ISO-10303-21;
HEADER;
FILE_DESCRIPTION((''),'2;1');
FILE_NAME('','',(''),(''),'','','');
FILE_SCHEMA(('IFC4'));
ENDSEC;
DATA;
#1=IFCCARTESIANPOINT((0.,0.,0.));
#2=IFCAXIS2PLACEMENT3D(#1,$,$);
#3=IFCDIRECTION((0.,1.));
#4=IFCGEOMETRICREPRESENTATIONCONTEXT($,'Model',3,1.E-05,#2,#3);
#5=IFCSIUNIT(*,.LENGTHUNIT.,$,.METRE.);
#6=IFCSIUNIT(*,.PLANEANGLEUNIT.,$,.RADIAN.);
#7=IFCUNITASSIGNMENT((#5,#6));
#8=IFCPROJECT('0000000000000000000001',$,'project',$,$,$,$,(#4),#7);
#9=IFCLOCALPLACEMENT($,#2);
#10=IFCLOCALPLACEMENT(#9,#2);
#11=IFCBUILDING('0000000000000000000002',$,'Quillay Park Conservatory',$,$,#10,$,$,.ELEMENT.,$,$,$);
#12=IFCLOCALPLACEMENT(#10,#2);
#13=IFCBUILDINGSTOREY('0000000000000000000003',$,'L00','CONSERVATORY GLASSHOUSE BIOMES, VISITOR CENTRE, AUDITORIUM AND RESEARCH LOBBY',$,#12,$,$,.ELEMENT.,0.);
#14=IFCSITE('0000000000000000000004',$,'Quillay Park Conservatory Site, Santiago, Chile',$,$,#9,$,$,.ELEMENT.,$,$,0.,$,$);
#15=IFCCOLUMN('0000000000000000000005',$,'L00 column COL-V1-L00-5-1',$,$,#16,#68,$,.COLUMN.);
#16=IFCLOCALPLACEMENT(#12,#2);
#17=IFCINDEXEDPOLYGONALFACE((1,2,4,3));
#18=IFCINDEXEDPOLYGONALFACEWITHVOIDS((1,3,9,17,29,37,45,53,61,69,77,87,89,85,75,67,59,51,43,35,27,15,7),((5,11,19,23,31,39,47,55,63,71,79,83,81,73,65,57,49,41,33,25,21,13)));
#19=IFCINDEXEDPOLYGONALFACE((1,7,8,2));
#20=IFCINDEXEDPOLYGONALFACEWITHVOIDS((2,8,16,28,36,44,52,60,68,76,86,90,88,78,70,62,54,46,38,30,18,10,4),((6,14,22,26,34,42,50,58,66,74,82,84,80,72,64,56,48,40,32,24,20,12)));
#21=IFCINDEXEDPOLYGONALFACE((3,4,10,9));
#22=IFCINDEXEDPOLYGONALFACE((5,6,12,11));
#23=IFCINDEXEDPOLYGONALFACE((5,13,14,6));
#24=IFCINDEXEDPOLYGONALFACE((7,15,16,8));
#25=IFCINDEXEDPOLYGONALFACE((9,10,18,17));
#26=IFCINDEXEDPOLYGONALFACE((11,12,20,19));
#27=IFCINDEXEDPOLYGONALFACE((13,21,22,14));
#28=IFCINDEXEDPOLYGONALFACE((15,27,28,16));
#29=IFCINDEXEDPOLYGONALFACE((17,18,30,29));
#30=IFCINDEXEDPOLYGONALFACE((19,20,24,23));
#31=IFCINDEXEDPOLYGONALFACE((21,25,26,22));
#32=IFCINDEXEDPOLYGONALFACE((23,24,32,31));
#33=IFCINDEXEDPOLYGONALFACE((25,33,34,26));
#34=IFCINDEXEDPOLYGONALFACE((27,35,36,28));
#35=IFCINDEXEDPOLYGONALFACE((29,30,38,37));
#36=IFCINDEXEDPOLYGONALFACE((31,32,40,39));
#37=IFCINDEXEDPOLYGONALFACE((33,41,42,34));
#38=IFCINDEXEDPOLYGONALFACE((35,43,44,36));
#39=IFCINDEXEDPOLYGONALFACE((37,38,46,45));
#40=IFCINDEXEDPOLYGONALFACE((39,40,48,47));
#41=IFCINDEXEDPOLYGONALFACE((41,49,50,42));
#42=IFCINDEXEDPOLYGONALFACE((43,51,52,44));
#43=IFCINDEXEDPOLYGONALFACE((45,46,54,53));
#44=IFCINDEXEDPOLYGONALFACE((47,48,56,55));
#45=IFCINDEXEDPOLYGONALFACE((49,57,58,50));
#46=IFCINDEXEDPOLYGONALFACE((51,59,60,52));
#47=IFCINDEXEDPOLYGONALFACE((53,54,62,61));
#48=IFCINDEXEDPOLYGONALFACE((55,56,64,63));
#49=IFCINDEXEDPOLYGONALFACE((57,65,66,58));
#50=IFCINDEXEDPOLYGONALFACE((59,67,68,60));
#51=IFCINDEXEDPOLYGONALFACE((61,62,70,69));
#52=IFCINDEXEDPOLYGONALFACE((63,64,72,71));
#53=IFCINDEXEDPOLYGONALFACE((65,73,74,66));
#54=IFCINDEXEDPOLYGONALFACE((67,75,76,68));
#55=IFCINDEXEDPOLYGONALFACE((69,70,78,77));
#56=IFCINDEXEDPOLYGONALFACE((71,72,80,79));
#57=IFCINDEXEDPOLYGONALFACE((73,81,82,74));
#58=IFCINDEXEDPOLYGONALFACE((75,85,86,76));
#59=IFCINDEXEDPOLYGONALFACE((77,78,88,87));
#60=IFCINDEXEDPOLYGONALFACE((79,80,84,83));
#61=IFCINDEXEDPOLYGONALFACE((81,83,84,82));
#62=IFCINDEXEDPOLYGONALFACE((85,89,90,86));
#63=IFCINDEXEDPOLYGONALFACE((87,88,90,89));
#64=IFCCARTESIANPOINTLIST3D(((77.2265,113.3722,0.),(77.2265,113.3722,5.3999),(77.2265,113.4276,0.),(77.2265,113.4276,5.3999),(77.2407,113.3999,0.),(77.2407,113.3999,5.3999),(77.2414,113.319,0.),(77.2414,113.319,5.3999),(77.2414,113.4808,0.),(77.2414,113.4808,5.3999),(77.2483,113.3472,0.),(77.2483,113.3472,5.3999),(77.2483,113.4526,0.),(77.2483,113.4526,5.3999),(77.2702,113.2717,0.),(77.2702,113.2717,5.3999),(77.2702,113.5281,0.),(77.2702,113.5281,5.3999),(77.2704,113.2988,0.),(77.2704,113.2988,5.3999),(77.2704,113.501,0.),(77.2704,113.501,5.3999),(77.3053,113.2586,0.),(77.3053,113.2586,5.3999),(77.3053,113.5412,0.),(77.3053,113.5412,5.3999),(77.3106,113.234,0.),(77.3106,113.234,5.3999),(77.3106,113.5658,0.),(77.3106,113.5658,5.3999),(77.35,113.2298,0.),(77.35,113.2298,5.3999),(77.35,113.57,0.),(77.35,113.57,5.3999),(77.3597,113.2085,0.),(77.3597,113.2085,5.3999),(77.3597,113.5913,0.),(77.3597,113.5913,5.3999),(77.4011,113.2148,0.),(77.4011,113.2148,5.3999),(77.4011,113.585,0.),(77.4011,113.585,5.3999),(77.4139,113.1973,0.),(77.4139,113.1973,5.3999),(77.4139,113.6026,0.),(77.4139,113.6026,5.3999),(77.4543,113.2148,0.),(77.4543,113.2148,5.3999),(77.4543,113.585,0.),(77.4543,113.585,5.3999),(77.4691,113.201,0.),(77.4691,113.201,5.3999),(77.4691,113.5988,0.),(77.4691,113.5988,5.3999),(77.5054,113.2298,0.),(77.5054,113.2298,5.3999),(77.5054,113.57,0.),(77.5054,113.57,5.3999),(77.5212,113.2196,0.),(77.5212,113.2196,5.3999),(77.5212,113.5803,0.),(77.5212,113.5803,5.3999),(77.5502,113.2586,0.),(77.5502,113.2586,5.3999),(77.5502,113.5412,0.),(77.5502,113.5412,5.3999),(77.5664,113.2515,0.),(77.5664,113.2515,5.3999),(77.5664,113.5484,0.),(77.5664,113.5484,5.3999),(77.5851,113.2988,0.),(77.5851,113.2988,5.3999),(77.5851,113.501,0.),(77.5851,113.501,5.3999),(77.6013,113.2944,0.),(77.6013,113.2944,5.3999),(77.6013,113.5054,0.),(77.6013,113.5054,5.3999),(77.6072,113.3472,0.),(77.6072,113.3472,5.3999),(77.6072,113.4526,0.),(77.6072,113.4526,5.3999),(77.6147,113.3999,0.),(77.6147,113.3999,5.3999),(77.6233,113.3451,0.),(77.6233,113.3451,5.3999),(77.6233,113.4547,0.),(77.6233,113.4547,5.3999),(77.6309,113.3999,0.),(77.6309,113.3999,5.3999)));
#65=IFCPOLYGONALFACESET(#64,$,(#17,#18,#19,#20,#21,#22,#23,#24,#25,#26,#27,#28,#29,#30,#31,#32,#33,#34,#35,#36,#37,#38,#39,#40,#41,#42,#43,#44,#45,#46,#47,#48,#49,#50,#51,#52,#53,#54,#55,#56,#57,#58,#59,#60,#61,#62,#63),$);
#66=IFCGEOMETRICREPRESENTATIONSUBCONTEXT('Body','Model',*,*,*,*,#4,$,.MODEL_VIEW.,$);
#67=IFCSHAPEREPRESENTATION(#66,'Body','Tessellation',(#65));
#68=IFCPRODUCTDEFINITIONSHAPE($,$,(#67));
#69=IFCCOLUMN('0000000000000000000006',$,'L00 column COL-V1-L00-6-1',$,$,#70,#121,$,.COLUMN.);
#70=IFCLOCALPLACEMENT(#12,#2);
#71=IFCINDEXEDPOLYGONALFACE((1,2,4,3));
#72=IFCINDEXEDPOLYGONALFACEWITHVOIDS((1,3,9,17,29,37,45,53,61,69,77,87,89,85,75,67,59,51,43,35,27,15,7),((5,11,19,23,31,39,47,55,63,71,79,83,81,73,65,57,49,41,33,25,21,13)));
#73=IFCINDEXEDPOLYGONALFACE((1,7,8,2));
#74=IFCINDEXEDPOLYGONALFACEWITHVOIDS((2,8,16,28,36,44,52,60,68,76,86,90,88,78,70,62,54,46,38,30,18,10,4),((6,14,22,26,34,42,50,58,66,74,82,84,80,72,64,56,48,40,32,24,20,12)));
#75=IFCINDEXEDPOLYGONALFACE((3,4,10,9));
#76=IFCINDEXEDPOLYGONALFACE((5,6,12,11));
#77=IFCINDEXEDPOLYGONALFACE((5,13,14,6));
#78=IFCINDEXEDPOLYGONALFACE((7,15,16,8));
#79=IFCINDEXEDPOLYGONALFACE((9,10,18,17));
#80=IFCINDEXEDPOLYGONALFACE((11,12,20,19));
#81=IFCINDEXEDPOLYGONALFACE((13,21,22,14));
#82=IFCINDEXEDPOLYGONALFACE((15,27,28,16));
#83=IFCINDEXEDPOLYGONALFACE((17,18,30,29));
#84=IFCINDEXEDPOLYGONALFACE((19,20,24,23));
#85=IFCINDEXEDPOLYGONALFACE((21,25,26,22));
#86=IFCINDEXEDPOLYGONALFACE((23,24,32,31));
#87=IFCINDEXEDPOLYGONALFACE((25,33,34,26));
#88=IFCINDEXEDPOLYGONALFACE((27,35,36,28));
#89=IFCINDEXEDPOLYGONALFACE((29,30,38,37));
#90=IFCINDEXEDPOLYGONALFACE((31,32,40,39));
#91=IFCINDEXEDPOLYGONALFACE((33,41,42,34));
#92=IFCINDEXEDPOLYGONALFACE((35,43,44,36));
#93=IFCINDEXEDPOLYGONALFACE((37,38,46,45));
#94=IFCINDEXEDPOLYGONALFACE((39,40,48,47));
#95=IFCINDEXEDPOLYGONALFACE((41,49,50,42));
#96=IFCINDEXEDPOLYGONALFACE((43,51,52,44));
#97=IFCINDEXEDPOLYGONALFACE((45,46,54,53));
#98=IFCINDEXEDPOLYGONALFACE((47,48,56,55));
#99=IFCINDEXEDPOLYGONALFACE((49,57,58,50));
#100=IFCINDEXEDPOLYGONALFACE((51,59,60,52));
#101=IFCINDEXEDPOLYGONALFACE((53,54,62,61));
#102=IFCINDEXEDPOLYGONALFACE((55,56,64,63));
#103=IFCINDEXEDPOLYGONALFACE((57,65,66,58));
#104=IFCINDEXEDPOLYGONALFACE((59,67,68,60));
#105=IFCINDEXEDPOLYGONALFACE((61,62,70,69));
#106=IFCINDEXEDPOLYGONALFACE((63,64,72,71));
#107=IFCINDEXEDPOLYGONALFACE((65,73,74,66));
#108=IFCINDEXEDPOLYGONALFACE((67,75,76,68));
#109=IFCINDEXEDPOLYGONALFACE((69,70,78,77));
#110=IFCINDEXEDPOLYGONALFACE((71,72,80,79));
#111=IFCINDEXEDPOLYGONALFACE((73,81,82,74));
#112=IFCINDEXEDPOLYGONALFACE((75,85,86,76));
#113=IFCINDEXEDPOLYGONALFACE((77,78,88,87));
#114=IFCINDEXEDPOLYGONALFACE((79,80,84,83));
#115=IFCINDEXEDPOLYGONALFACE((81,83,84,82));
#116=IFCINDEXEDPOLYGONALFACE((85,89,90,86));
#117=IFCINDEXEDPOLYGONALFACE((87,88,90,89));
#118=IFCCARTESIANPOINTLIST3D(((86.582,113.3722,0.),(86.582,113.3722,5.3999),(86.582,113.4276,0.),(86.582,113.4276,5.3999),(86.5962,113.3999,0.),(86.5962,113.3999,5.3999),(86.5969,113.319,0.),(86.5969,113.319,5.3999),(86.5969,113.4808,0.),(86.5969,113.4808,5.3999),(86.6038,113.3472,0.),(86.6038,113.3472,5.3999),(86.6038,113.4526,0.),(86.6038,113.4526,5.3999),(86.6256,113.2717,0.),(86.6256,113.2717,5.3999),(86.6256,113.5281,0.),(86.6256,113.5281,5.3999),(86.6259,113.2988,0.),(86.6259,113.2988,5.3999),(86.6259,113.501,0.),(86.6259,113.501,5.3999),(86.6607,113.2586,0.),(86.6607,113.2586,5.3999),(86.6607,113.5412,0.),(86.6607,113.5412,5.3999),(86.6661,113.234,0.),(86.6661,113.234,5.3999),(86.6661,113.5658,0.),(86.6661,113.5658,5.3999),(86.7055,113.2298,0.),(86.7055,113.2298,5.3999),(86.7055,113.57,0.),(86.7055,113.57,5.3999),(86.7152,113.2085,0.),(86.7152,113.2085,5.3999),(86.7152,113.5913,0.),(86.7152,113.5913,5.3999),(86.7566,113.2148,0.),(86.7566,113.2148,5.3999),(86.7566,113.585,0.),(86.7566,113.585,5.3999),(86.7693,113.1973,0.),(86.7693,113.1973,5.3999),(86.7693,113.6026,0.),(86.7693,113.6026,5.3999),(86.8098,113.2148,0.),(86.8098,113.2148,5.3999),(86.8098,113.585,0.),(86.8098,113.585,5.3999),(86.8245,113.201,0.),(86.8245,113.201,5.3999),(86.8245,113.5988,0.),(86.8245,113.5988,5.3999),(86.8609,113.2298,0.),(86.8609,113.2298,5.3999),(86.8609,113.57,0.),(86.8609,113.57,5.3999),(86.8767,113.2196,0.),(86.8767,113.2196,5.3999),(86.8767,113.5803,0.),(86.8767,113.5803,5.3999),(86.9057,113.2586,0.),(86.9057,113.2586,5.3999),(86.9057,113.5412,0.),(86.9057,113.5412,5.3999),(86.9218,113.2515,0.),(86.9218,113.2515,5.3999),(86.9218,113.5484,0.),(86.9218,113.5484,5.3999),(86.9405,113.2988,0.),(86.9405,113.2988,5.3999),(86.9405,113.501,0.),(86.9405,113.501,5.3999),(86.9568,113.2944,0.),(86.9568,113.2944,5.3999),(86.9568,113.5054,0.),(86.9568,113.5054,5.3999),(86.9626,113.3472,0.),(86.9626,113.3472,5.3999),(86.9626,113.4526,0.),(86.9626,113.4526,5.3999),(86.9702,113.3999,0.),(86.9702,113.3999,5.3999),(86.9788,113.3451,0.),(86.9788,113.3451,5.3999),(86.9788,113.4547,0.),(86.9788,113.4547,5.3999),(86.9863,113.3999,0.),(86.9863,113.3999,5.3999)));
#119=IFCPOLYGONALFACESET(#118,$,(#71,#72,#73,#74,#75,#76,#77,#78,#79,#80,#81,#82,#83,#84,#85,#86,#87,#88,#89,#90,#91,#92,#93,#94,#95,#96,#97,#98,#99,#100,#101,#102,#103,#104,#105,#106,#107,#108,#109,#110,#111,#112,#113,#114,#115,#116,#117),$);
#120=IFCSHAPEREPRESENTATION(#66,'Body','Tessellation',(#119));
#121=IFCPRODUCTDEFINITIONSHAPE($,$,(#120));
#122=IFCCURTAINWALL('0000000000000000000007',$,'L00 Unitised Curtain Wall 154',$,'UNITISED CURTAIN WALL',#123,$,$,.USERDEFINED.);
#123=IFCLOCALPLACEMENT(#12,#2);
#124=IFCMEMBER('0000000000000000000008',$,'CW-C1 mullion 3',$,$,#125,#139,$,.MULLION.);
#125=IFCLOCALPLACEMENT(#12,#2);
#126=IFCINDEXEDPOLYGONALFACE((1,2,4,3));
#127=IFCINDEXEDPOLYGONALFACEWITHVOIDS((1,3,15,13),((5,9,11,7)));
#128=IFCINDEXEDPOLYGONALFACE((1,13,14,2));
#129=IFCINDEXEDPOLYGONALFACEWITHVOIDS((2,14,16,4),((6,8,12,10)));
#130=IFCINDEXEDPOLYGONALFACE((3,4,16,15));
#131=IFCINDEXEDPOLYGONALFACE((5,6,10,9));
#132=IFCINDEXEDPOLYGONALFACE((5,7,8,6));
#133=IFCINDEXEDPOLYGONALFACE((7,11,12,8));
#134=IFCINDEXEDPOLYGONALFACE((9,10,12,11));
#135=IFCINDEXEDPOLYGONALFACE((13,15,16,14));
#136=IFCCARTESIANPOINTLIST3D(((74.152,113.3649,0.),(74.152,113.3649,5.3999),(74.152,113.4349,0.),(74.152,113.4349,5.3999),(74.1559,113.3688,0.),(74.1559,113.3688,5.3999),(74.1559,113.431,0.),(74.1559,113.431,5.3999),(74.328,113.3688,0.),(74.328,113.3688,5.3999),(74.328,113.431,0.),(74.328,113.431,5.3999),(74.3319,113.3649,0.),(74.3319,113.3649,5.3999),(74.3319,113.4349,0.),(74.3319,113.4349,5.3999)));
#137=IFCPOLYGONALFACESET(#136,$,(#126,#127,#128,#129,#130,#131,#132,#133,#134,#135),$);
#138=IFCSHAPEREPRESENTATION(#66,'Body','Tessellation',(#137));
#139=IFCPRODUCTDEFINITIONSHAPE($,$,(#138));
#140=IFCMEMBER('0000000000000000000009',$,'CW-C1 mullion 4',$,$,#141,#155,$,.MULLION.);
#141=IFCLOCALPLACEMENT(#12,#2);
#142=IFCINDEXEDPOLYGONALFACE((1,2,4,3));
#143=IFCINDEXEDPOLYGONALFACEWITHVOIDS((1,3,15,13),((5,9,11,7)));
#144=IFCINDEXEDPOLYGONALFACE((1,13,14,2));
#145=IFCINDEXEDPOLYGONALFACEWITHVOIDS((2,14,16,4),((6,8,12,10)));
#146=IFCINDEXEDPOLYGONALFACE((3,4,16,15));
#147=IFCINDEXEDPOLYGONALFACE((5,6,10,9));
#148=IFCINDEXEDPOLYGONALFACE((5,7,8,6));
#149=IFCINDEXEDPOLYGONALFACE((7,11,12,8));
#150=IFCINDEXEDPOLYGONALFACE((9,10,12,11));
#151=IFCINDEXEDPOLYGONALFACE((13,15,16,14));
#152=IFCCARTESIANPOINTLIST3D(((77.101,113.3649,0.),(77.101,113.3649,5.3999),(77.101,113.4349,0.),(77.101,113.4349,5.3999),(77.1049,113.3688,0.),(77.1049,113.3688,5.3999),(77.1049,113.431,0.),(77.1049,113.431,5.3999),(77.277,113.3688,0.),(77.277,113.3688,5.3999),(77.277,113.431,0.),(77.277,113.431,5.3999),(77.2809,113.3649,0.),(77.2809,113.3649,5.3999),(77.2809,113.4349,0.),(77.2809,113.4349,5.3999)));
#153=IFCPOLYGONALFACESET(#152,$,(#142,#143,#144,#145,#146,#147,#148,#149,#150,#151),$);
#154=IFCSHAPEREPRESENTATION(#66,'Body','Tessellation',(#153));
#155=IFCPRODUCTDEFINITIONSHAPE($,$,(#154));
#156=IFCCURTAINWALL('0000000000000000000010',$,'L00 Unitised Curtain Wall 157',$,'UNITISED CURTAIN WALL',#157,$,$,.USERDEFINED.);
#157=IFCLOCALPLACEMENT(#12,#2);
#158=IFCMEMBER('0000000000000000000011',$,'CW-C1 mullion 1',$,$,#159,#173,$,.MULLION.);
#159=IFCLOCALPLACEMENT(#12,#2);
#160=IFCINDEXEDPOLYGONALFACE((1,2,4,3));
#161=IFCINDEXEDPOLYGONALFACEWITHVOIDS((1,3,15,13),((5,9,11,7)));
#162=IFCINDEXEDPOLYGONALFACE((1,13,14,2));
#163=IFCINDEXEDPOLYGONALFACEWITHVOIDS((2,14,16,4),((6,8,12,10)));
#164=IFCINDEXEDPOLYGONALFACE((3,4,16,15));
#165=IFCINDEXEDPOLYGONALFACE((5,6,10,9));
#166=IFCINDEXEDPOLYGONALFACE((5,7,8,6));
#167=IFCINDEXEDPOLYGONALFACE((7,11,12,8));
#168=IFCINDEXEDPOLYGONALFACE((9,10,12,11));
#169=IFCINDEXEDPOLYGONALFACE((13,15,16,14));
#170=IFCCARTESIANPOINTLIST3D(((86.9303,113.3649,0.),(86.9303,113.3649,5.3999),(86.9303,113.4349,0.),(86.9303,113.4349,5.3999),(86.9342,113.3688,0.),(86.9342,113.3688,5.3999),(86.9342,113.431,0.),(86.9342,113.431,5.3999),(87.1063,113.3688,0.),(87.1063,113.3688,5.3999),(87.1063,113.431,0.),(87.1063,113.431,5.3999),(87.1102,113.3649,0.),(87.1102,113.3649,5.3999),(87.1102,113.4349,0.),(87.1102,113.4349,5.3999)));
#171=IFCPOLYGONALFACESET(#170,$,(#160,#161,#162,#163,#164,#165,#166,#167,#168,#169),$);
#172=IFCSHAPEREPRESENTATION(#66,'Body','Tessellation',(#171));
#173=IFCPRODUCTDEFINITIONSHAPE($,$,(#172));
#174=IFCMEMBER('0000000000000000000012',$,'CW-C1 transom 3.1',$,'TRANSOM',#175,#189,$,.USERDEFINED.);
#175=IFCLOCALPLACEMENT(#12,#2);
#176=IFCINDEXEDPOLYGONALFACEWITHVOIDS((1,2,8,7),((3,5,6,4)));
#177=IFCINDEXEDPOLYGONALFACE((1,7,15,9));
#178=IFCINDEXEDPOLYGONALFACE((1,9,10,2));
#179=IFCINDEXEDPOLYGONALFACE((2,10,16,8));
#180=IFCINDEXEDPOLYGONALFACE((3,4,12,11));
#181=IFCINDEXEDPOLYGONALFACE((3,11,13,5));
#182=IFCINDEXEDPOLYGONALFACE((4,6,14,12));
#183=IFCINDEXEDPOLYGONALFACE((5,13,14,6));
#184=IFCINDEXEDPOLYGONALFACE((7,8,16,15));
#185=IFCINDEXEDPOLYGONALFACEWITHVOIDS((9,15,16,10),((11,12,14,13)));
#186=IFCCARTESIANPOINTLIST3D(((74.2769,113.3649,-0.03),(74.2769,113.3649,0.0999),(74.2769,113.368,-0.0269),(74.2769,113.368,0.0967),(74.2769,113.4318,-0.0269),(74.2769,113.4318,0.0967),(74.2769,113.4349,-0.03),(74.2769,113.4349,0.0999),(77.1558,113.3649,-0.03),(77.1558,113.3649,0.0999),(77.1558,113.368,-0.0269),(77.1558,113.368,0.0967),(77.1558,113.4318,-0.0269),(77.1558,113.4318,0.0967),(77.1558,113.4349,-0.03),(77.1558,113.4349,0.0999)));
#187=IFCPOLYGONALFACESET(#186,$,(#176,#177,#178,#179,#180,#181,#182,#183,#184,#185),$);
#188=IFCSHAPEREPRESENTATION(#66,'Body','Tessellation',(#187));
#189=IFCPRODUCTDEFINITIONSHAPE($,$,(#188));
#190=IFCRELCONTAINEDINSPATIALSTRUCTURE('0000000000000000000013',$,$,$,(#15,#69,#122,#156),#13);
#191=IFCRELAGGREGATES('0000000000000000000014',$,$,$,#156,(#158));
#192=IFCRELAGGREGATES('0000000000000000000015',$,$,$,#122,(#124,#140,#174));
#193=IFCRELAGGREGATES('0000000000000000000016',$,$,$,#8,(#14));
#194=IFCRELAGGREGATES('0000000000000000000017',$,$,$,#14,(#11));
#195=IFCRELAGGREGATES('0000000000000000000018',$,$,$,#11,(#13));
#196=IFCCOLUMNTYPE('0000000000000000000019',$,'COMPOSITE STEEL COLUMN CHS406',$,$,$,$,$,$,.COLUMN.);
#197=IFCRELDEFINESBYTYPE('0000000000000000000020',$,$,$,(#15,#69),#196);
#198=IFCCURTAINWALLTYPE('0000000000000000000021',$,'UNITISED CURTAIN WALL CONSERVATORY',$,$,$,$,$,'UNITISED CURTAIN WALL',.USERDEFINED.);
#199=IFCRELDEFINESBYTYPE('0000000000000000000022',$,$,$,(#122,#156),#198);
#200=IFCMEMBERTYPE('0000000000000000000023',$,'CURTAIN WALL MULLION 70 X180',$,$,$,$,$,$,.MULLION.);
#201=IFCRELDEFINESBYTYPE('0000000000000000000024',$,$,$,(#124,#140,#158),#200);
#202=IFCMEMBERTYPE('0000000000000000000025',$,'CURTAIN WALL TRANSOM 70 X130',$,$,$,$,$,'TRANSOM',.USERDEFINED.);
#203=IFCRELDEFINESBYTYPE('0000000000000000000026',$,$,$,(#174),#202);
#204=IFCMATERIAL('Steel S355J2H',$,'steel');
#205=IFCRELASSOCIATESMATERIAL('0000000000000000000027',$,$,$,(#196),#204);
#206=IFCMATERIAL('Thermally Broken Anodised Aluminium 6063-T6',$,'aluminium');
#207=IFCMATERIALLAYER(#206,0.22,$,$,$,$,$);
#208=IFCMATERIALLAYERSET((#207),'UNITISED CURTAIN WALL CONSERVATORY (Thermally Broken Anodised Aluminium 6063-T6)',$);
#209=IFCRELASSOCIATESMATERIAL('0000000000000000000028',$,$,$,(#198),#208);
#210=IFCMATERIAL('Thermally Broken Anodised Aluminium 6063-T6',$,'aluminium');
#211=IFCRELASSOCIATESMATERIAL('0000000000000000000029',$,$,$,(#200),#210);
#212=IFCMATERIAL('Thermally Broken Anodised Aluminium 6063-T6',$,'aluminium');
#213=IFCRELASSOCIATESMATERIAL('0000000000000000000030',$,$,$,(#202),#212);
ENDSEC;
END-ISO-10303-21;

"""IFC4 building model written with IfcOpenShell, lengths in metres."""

from ifc_helpers import new_model, si_unit, direction, frame, origin, origin_2d, place, context, subcontext, project, spatial, hollow_rectangle, hollow_circle, extrude, material, layer, layer_set, material_profile, profile_set, type_object, element, aggregate, save


model = new_model("IFC4")

# Units and contexts
model_context = context("Model", 3, precision=1e-05, world=origin(), true_north=direction((0.0, 1.0)))
body_context = subcontext(model_context, "Body", "Model", "MODEL_VIEW")
ifc_project = project(units=[si_unit("LENGTHUNIT", "METRE"), si_unit("PLANEANGLEUNIT", "RADIAN")], contexts=[model_context])

# Site, building, storey
site_placement = place(None, origin())
site = spatial("IfcSite", under=ifc_project, at=site_placement, Name="Quillay Park Conservatory Site, Santiago, Chile", CompositionType="ELEMENT", RefElevation=0.0)
building_placement = place(site_placement, origin())
building = spatial("IfcBuilding", under=site, at=building_placement, Name="Quillay Park Conservatory", CompositionType="ELEMENT")
storey_placement = place(building_placement, origin())
storey = spatial("IfcBuildingStorey", under=building, at=storey_placement, Name="L00", Description="CONSERVATORY GLASSHOUSE BIOMES, VISITOR CENTRE, AUDITORIUM AND RESEARCH LOBBY", CompositionType="ELEMENT", Elevation=0.0)

# Columns
ifc_material_1 = material(Name="Steel S355J2H", Category="steel")
ifc_material_profile_1 = material_profile(ifc_material_1, hollow_circle(Radius=0.2031, WallThickness=0.0161, at=origin_2d()), Name="CHS406.4x16")
ifc_profile_set_1 = profile_set([ifc_material_profile_1], Name="Steel S355J2H")
column_type = type_object("IfcColumnType", Name="COMPOSITE STEEL COLUMN CHS406", PredefinedType="COLUMN", material=ifc_profile_set_1)
for number, where, z_axis, x_axis, name in (
    (1, (77.4277, 113.3999, 0.0), (0.0, 0.0, 1.0), (1.0, 0.0, 0.0), "L00 column COL-V1-L00-5-1"),
    (2, (86.7832, 113.3999, 0.0), (0.0, 0.0, 1.0), (1.0, 0.0, 0.0), "L00 column COL-V1-L00-6-1"),
):
    element("IfcColumn", number, at=place(storey_placement, frame(where, z_axis=z_axis, x_axis=x_axis)), inside=storey, type_object=column_type, Name=name, PredefinedType="COLUMN", context=body_context, shape_type="SweptSolid", body=[
        extrude(hollow_circle(Radius=0.2031, WallThickness=0.0161, at=origin_2d()), origin(), (0.0, 0.0, 1.0), 5.3999),
    ])

# Curtain wall, members
ifc_material_2 = material(Name="Thermally Broken Anodised Aluminium 6063-T6", Category="aluminium")
ifc_layer_1 = layer(ifc_material_2, 0.22)
ifc_layer_set_1 = layer_set([ifc_layer_1], Name="UNITISED CURTAIN WALL CONSERVATORY (Thermally Broken Anodised Aluminium 6063-T6)")
curtain_wall_type = type_object("IfcCurtainWallType", Name="UNITISED CURTAIN WALL CONSERVATORY", ElementType="UNITISED CURTAIN WALL", PredefinedType="USERDEFINED", material=ifc_layer_set_1)
curtain_wall_1_placement = place(storey_placement, origin())
curtain_wall_1 = element("IfcCurtainWall", 3, at=curtain_wall_1_placement, inside=storey, type_object=curtain_wall_type, Name="L00 Unitised Curtain Wall 154", ObjectType="UNITISED CURTAIN WALL", PredefinedType="USERDEFINED")
ifc_material_3 = material(Name="Thermally Broken Anodised Aluminium 6063-T6", Category="aluminium")
ifc_material_profile_2 = material_profile(ifc_material_3, hollow_rectangle(XDim=0.0701, YDim=0.1799, WallThickness=0.0039, at=origin_2d()), Name="AL70x180x4")
ifc_profile_set_2 = profile_set([ifc_material_profile_2], Name="Thermally Broken Anodised Aluminium 6063-T6")
member_type_1 = type_object("IfcMemberType", Name="CURTAIN WALL MULLION 70 X180", PredefinedType="MULLION", material=ifc_profile_set_2)
member_1_placement = place(storey_placement, frame((74.2419, 113.3999, 0.0), z_axis=(0.0, 0.0, 1.0), x_axis=(0.0, 1.0, 0.0)))
member_1 = element("IfcMember", 4, at=member_1_placement, type_object=member_type_1, Name="CW-C1 mullion 3", PredefinedType="MULLION", context=body_context, shape_type="SweptSolid", body=[
    extrude(hollow_rectangle(XDim=0.0701, YDim=0.1799, WallThickness=0.0039, at=origin_2d()), origin(), (0.0, 0.0, 1.0), 5.3999),
])
member_2_placement = place(storey_placement, frame((77.1909, 113.3999, 0.0), z_axis=(0.0, 0.0, 1.0), x_axis=(0.0, 1.0, 0.0)))
member_2 = element("IfcMember", 5, at=member_2_placement, type_object=member_type_1, Name="CW-C1 mullion 4", PredefinedType="MULLION", context=body_context, shape_type="SweptSolid", body=[
    extrude(hollow_rectangle(XDim=0.0701, YDim=0.1799, WallThickness=0.0039, at=origin_2d()), origin(), (0.0, 0.0, 1.0), 5.3999),
])

# Curtain wall, member
curtain_wall_2_placement = place(storey_placement, origin())
curtain_wall_2 = element("IfcCurtainWall", 6, at=curtain_wall_2_placement, inside=storey, type_object=curtain_wall_type, Name="L00 Unitised Curtain Wall 157", ObjectType="UNITISED CURTAIN WALL", PredefinedType="USERDEFINED")
member_3_placement = place(storey_placement, frame((87.0203, 113.3999, 0.0), z_axis=(0.0, 0.0, 1.0), x_axis=(0.0, 1.0, 0.0)))
member_3 = element("IfcMember", 7, at=member_3_placement, type_object=member_type_1, Name="CW-C1 mullion 1", PredefinedType="MULLION", context=body_context, shape_type="SweptSolid", body=[
    extrude(hollow_rectangle(XDim=0.0701, YDim=0.1799, WallThickness=0.0039, at=origin_2d()), origin(), (0.0, 0.0, 1.0), 5.3999),
])

# Member
ifc_material_4 = material(Name="Thermally Broken Anodised Aluminium 6063-T6", Category="aluminium")
ifc_material_profile_3 = material_profile(ifc_material_4, hollow_rectangle(XDim=0.0701, YDim=0.1299, WallThickness=0.0032, at=origin_2d()), Name="AL70x130x3.2")
ifc_profile_set_3 = profile_set([ifc_material_profile_3], Name="Thermally Broken Anodised Aluminium 6063-T6")
member_type_2 = type_object("IfcMemberType", Name="CURTAIN WALL TRANSOM 70 X130", ElementType="TRANSOM", PredefinedType="USERDEFINED", material=ifc_profile_set_3)
member_4_placement = place(storey_placement, frame((74.2769, 113.3999, 0.0349), z_axis=(1.0, 0.0, 0.0), x_axis=(0.0, 1.0, 0.0)))
member_4 = element("IfcMember", 8, at=member_4_placement, type_object=member_type_2, Name="CW-C1 transom 3.1", ObjectType="TRANSOM", PredefinedType="USERDEFINED", context=body_context, shape_type="SweptSolid", body=[
    extrude(hollow_rectangle(XDim=0.0701, YDim=0.1299, WallThickness=0.0032, at=origin_2d()), origin(), (0.0, 0.0, 1.0), 2.8789),
])
aggregate(curtain_wall_2, [member_3])

aggregate(curtain_wall_1, [member_1, member_2, member_4])

save(model, "model.ifc")
